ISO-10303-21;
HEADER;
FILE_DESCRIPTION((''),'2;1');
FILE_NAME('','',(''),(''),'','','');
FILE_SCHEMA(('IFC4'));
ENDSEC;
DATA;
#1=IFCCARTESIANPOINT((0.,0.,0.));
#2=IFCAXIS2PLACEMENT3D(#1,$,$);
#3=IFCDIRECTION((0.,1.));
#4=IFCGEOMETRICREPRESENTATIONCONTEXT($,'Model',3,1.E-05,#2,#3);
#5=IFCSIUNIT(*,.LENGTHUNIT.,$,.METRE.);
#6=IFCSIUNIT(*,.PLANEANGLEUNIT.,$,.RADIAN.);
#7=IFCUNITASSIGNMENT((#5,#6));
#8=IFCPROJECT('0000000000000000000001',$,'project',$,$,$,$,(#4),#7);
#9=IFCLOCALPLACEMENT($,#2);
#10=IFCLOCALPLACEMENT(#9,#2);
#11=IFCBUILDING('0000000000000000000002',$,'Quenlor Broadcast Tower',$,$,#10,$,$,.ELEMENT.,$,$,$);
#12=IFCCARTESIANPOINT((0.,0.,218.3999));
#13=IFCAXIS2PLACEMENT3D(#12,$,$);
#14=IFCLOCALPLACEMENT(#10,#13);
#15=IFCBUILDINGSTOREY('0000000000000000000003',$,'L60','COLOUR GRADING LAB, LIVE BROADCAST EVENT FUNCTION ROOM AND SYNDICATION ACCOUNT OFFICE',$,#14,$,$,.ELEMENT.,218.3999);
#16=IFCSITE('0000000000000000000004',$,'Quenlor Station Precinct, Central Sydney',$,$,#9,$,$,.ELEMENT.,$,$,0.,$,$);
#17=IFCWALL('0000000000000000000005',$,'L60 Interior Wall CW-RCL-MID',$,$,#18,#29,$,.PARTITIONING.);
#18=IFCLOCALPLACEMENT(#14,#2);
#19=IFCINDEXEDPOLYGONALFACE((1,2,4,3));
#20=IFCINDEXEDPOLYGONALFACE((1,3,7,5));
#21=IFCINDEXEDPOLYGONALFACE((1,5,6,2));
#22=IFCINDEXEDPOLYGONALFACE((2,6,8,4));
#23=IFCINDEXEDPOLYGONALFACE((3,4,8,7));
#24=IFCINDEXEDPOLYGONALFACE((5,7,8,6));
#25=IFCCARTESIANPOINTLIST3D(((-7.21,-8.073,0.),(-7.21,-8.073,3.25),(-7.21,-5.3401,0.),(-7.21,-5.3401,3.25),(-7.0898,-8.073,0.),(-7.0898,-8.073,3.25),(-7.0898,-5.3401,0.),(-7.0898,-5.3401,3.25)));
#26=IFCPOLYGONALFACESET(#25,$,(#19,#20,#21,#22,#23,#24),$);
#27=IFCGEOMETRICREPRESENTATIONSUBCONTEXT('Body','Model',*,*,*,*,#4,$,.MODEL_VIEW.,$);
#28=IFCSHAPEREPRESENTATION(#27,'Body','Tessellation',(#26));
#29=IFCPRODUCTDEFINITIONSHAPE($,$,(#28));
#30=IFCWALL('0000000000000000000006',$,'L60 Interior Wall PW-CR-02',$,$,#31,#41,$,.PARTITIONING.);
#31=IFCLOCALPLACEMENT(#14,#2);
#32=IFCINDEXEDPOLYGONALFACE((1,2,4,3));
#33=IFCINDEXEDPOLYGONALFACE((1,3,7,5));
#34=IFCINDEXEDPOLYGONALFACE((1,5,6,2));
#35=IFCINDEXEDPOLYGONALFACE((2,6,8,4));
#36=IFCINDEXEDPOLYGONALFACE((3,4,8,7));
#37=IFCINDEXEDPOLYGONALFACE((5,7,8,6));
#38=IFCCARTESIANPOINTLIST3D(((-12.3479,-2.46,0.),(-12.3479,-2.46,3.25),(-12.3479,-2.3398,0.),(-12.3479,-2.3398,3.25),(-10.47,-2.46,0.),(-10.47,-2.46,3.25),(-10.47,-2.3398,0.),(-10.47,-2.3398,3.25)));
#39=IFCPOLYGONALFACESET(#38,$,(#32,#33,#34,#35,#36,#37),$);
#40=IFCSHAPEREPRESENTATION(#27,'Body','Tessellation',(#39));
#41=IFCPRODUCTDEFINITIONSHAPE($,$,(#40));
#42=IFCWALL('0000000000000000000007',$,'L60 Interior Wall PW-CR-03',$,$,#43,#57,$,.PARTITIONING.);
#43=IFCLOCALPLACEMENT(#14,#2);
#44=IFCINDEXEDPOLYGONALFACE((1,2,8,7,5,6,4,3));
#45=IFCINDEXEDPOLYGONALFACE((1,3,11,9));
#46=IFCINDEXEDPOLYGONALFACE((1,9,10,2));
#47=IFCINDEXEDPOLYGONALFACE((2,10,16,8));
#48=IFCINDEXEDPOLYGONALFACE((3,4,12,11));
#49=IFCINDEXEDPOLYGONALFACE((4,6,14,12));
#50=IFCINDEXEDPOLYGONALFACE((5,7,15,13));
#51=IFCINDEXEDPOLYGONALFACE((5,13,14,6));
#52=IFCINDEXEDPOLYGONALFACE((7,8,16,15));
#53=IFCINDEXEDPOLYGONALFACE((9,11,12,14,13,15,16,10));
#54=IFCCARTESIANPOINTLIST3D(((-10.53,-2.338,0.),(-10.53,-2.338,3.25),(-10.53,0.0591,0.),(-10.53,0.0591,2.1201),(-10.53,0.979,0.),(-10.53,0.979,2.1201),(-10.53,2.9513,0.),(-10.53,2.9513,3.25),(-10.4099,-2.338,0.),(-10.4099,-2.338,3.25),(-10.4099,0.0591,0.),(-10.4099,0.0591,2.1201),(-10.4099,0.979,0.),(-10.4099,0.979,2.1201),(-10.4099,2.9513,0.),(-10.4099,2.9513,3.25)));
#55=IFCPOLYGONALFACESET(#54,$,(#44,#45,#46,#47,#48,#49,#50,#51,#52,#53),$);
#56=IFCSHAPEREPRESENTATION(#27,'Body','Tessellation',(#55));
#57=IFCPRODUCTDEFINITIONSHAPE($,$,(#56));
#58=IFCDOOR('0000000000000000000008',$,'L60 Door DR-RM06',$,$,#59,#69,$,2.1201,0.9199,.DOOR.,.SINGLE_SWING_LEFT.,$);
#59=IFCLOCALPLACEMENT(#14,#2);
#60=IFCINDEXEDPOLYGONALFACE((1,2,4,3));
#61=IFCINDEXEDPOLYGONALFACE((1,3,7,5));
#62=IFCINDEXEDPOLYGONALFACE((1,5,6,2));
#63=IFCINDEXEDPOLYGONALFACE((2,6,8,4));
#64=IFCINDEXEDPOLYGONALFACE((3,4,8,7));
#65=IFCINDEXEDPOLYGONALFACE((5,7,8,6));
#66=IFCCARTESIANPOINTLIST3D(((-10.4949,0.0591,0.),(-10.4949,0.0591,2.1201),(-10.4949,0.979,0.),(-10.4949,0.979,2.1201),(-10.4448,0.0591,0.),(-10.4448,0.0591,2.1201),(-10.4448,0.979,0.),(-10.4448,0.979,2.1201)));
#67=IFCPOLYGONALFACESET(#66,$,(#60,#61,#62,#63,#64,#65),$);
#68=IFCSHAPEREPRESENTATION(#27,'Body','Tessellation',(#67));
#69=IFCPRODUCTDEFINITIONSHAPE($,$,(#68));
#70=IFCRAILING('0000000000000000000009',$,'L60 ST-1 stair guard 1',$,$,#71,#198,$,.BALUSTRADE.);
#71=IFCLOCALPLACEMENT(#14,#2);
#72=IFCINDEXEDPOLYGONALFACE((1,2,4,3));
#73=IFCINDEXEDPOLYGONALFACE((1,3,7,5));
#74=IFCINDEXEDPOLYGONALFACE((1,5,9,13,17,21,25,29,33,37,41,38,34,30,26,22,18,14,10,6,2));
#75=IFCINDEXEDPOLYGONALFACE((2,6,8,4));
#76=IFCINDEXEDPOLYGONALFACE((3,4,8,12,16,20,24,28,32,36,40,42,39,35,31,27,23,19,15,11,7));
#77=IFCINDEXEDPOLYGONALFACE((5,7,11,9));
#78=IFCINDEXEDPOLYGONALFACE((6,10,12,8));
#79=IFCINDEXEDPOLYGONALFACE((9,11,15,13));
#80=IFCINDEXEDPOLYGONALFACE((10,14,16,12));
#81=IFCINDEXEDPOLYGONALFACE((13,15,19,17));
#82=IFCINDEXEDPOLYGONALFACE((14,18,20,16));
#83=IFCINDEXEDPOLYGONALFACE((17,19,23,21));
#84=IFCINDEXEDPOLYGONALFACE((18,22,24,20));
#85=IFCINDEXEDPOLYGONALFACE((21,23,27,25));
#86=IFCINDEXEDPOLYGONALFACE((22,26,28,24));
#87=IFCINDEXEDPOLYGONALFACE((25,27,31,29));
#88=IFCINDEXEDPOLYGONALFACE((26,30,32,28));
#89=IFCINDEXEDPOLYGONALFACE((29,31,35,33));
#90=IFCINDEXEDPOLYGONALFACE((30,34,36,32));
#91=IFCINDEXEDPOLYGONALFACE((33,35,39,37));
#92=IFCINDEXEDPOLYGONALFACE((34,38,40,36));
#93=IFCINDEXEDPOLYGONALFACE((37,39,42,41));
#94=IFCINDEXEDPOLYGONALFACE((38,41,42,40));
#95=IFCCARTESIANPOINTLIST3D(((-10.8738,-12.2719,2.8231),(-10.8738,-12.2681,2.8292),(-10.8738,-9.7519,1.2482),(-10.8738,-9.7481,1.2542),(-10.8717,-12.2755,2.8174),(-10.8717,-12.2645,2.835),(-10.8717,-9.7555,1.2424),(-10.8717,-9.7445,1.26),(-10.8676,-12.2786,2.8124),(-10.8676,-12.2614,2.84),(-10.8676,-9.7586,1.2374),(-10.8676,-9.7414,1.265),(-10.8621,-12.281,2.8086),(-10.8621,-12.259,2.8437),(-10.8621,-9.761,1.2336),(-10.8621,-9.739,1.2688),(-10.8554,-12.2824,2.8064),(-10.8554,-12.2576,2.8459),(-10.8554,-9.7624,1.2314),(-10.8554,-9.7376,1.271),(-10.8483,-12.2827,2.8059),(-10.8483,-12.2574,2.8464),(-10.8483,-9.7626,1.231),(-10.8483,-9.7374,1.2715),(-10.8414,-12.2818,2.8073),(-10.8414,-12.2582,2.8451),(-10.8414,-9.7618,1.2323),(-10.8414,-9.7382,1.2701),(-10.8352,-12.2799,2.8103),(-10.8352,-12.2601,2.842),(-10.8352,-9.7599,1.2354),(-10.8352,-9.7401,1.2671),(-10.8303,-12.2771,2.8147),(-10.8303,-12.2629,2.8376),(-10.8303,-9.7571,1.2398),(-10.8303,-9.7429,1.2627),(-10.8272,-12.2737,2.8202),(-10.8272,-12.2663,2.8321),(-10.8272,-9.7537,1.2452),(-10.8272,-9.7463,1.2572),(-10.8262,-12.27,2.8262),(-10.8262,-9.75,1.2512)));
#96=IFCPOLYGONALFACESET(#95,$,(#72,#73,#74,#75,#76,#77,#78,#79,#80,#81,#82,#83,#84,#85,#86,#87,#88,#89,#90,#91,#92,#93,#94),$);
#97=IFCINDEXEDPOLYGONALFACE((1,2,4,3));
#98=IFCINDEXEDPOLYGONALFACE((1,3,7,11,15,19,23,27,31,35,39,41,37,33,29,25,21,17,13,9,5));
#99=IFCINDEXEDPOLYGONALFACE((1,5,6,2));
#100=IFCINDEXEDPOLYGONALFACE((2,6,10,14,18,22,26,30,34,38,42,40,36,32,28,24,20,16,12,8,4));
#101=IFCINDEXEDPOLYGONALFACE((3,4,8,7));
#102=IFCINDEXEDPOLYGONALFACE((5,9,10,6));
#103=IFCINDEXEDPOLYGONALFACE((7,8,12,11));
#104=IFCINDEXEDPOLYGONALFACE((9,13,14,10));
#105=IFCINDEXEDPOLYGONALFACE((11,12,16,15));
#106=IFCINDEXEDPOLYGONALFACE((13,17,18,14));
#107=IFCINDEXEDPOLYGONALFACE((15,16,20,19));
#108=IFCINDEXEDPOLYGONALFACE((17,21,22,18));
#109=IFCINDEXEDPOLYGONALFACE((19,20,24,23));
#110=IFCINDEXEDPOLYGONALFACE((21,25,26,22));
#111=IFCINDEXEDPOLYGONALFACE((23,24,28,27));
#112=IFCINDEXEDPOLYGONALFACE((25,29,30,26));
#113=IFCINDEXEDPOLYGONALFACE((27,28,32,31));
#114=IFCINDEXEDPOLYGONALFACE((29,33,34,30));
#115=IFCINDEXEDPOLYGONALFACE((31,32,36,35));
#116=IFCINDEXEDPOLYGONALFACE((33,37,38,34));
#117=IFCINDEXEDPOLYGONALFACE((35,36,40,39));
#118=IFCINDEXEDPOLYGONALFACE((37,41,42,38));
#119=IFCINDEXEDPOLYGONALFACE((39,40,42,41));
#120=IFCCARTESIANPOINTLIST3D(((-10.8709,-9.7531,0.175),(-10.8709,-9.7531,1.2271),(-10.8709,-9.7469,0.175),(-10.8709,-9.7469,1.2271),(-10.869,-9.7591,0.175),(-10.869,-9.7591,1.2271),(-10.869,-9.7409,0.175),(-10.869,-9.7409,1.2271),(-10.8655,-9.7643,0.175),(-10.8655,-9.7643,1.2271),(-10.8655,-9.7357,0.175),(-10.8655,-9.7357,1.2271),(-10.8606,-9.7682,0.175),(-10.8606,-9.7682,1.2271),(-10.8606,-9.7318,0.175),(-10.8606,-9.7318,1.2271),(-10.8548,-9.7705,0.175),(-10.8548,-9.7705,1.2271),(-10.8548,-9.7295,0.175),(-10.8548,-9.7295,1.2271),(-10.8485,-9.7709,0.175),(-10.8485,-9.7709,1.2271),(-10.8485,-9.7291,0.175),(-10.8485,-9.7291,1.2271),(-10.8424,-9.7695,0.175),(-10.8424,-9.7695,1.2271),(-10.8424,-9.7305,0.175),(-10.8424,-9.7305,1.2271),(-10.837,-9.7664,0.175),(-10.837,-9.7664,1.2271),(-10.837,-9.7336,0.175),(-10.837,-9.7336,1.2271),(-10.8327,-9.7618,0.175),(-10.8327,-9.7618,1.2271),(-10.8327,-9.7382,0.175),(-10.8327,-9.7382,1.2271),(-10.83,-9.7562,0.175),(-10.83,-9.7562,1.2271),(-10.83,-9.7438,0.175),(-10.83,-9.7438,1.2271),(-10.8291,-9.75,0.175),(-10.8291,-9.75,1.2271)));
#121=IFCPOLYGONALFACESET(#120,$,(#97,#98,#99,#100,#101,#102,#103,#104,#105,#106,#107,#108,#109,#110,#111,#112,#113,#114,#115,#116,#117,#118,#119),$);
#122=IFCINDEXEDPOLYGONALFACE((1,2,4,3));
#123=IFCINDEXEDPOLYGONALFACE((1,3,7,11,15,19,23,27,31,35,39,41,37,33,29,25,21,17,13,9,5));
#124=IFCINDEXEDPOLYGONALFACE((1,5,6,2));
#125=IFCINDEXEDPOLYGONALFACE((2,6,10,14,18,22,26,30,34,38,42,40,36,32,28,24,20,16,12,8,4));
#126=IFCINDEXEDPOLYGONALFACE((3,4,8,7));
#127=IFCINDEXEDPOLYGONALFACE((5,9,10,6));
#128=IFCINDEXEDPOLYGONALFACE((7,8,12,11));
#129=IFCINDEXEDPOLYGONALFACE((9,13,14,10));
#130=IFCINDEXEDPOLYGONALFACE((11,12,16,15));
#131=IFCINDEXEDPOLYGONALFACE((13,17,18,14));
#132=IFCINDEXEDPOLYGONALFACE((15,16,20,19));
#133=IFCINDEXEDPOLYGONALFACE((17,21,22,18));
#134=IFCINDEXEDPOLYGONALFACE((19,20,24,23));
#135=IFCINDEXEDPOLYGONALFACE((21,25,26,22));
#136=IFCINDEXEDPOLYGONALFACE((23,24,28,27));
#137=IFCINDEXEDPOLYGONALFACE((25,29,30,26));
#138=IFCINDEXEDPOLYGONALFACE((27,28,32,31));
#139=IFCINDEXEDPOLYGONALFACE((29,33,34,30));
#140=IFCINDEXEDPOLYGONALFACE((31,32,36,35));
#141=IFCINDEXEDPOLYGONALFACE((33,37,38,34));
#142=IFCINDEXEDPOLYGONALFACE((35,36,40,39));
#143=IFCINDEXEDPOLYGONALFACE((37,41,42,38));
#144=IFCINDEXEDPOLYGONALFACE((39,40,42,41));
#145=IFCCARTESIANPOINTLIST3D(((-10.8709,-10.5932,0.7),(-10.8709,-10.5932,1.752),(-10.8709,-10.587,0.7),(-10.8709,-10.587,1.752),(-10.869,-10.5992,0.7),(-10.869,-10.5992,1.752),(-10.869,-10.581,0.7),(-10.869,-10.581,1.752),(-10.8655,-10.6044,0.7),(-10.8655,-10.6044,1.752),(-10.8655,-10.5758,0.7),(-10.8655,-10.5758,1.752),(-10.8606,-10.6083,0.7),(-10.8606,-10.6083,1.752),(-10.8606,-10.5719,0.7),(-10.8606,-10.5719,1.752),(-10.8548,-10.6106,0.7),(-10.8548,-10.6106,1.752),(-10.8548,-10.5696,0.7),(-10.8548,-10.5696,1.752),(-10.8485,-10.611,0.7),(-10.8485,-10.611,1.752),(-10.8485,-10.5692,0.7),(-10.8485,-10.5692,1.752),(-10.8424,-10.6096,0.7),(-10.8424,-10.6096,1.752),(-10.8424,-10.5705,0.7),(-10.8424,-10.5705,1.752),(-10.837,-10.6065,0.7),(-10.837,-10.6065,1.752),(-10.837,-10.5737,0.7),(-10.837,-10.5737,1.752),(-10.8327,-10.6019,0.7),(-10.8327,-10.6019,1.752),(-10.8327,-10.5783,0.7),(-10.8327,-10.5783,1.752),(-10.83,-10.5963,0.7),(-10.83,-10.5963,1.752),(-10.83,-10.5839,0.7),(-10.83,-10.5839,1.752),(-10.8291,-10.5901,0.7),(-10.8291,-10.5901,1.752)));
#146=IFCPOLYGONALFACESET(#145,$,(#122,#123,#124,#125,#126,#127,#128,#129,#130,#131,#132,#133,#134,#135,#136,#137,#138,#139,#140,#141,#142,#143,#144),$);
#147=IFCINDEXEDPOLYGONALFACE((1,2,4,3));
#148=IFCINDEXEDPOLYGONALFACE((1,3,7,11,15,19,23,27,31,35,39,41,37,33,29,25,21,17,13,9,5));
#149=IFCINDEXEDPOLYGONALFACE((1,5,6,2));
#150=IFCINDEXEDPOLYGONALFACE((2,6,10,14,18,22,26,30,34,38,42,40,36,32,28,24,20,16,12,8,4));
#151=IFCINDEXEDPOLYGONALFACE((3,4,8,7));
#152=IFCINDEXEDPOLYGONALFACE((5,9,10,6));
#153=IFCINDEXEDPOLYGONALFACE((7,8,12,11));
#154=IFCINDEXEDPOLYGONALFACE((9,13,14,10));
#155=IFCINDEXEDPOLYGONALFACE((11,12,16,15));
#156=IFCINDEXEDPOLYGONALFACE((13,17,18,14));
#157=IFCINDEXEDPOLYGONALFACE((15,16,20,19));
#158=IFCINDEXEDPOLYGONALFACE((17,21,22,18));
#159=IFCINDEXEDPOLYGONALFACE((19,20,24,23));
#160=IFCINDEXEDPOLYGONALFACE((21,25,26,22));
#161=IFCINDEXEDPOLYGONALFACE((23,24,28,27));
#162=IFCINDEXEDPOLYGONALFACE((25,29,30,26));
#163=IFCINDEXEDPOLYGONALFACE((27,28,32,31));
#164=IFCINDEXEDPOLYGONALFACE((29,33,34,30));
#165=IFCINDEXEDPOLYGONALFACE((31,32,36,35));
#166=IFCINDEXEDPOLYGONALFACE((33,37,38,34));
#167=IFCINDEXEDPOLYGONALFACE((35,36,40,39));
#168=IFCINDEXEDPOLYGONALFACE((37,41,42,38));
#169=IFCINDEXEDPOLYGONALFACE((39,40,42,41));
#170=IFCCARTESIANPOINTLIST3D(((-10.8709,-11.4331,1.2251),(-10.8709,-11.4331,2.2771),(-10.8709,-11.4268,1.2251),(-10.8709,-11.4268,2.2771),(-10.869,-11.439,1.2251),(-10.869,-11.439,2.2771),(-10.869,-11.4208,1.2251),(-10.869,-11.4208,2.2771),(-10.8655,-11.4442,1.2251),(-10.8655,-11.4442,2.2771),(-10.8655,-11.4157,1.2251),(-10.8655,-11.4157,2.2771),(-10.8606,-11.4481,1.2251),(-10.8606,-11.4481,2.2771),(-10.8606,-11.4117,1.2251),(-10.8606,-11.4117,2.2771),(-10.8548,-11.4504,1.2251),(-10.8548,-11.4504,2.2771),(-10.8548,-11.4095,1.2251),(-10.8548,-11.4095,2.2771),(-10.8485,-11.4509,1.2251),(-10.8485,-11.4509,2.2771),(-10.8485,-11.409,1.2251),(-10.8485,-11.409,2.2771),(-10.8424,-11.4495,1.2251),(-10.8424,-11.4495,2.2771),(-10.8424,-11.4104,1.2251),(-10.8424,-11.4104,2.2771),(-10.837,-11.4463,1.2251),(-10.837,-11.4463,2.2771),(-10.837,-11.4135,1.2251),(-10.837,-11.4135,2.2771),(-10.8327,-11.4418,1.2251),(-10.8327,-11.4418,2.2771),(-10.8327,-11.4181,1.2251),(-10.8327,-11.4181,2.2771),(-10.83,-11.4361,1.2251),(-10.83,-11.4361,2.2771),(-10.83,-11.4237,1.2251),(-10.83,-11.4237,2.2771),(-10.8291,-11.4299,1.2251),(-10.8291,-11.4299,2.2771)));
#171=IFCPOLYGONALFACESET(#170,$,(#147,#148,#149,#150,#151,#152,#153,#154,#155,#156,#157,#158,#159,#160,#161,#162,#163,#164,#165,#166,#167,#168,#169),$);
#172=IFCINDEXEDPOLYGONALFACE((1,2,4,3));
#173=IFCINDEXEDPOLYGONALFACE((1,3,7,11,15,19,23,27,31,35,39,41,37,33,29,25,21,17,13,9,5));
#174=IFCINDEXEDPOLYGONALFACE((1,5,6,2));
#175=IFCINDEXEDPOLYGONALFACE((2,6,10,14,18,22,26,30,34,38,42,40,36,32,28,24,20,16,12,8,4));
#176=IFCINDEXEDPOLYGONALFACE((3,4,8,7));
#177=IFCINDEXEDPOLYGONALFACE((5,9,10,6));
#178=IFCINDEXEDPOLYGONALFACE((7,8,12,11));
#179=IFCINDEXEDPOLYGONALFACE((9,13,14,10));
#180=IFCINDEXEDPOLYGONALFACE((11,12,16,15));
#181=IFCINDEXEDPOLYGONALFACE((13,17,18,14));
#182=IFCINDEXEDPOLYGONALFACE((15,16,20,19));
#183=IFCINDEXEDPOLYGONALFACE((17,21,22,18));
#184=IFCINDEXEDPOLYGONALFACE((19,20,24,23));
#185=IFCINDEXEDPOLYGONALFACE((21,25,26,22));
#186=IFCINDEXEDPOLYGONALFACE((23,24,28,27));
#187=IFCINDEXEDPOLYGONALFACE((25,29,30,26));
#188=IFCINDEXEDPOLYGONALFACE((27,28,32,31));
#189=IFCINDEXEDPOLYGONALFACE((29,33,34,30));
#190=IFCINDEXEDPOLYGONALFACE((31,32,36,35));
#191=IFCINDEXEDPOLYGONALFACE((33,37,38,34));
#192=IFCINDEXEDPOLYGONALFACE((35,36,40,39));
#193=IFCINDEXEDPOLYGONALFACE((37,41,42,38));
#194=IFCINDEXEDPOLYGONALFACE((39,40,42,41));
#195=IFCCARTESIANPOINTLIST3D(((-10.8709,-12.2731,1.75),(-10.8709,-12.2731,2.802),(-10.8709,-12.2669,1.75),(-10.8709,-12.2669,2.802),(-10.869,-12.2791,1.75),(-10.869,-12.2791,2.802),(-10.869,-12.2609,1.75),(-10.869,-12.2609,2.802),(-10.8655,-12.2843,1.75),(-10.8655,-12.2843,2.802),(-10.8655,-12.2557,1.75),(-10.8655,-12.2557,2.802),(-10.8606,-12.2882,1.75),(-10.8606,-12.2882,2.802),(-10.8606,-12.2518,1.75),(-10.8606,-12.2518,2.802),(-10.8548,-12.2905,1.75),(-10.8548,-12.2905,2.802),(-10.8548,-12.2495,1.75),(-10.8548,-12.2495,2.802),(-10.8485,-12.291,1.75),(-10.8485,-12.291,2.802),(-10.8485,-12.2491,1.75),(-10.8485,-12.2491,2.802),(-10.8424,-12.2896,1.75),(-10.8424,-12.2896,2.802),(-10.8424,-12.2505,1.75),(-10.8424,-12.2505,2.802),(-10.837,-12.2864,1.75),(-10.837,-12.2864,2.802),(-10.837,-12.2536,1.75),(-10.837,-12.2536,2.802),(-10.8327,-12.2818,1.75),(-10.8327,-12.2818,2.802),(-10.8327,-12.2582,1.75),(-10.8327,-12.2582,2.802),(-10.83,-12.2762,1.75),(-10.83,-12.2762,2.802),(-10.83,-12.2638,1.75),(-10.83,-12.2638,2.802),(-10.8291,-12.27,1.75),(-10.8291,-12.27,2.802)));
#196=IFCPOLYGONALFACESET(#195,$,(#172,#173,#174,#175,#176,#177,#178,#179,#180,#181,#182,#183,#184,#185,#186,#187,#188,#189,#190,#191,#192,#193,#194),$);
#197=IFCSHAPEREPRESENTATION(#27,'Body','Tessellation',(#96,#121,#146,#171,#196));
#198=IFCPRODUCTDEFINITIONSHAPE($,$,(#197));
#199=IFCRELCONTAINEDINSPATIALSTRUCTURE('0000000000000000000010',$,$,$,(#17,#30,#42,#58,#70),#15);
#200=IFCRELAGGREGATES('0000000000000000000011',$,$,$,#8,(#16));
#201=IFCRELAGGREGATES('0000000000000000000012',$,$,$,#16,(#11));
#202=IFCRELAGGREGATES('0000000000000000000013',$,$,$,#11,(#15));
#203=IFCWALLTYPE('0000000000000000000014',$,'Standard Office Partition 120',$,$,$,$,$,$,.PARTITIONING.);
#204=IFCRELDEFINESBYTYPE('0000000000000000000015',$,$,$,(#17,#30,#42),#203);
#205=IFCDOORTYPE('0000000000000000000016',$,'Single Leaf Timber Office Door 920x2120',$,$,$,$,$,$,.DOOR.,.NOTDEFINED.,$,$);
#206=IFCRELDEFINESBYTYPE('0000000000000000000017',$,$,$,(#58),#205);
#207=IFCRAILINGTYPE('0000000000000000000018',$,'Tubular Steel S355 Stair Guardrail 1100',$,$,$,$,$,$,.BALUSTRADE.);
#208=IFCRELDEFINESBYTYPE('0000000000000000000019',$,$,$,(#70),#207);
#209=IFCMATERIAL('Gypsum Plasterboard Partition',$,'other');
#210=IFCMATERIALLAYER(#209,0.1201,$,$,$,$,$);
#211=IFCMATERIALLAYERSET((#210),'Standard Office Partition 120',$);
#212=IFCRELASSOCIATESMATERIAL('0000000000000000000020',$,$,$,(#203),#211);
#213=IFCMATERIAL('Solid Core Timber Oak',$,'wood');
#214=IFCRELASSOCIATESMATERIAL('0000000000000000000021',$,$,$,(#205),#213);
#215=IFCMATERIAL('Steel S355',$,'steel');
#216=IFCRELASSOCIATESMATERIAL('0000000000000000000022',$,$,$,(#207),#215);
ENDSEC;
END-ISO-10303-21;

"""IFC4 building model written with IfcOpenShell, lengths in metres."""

from ifc_helpers import new_model, si_unit, direction, frame, frame_2d, origin, origin_2d, place, context, subcontext, project, spatial, rectangle, circle, extrude, material, layer, layer_set, type_object, element, fill, save


model = new_model("IFC4")

# Units and contexts
model_context = context("Model", 3, precision=1e-05, world=origin(), true_north=direction((0.0, 1.0)))
body_context = subcontext(model_context, "Body", "Model", "MODEL_VIEW")
ifc_project = project(units=[si_unit("LENGTHUNIT", "METRE"), si_unit("PLANEANGLEUNIT", "RADIAN")], contexts=[model_context])

# Site, building, storey
site_placement = place(None, origin())
site = spatial("IfcSite", under=ifc_project, at=site_placement, Name="Quenlor Station Precinct, Central Sydney", CompositionType="ELEMENT", RefElevation=0.0)
building_placement = place(site_placement, origin())
building = spatial("IfcBuilding", under=site, at=building_placement, Name="Quenlor Broadcast Tower", CompositionType="ELEMENT")
storey_placement = place(building_placement, frame((0.0, 0.0, 218.3999)))
storey = spatial("IfcBuildingStorey", under=building, at=storey_placement, Name="L60", Description="COLOUR GRADING LAB, LIVE BROADCAST EVENT FUNCTION ROOM AND SYNDICATION ACCOUNT OFFICE", CompositionType="ELEMENT", Elevation=218.3999)

# Walls
ifc_material_1 = material(Name="Gypsum Plasterboard Partition", Category="other")
ifc_layer_1 = layer(ifc_material_1, 0.1201)
ifc_layer_set_1 = layer_set([ifc_layer_1], Name="Standard Office Partition 120")
wall_type_1 = type_object("IfcWallType", Name="Standard Office Partition 120", PredefinedType="PARTITIONING", material=ifc_layer_set_1)
wall_1_placement = place(storey_placement, frame((-7.1499, -8.073, 0.0), z_axis=(0.0, 0.0, 1.0), x_axis=(0.0, 1.0, 0.0)))
element("IfcWall", 1, at=wall_1_placement, inside=storey, type_object=wall_type_1, Name="L60 Interior Wall CW-RCL-MID", PredefinedType="PARTITIONING", context=body_context, shape_type="SweptSolid", body=[
    extrude(rectangle(XDim=2.7329, YDim=0.1201, at=frame_2d((1.3665, 0.0))), origin(), (0.0, 0.0, 1.0), 3.25),
])
wall_2_placement = place(storey_placement, frame((-12.3479, -2.3999, 0.0), z_axis=(0.0, 0.0, 1.0), x_axis=(1.0, 0.0, 0.0)))
element("IfcWall", 2, at=wall_2_placement, inside=storey, type_object=wall_type_1, Name="L60 Interior Wall PW-CR-02", PredefinedType="PARTITIONING", context=body_context, shape_type="SweptSolid", body=[
    extrude(rectangle(XDim=1.8779, YDim=0.1201, at=frame_2d((0.939, 0.0))), origin(), (0.0, 0.0, 1.0), 3.25),
])

# Wall, opening, door
wall_3_placement = place(storey_placement, frame((-10.47, -2.3379, 0.0), z_axis=(0.0, 0.0, 1.0), x_axis=(0.0, 1.0, 0.0)))
wall_3 = element("IfcWall", 3, at=wall_3_placement, inside=storey, type_object=wall_type_1, Name="L60 Interior Wall PW-CR-03", PredefinedType="PARTITIONING", context=body_context, shape_type="SweptSolid", body=[
    extrude(rectangle(XDim=5.2893, YDim=0.1201, at=frame_2d((2.6445, 0.0))), origin(), (0.0, 0.0, 1.0), 3.25),
])
opening_1_placement = place(wall_3_placement, frame((2.397, 0.0, 0.0)))
opening_1 = element("IfcOpeningElement", 4, at=opening_1_placement, cuts=wall_3, PredefinedType="OPENING", context=body_context, shape_type="SweptSolid", body=[
    extrude(rectangle(XDim=0.9199, YDim=2.1201, at=frame_2d((0.46, 1.0601))), frame((0.0, 0.0701, 0.0), z_axis=(0.0, -1.0, 0.0), x_axis=(1.0, 0.0, 0.0)), (0.0, 0.0, 1.0), 0.1401),
])
ifc_material_2 = material(Name="Solid Core Timber Oak", Category="wood")
door_type_1 = type_object("IfcDoorType", Name="Single Leaf Timber Office Door 920x2120", OperationType="NOTDEFINED", PredefinedType="DOOR", material=ifc_material_2)
door_1_placement = place(opening_1_placement, origin())
door_1 = element("IfcDoor", 5, at=door_1_placement, inside=storey, type_object=door_type_1, Name="L60 Door DR-RM06", OperationType="SINGLE_SWING_LEFT", OverallHeight=2.1201, OverallWidth=0.9199, PredefinedType="DOOR", context=body_context, shape_type="SweptSolid", body=[
    extrude(rectangle(XDim=0.9199, YDim=2.1201, at=frame_2d((0.46, 1.0601))), frame((0.0, 0.0249, 0.0), z_axis=(0.0, -1.0, 0.0), x_axis=(1.0, 0.0, 0.0)), (0.0, 0.0, 1.0), 0.05),
])
fill(opening_1, door_1)

# Railing
ifc_material_3 = material(Name="Steel S355", Category="steel")
railing_type = type_object("IfcRailingType", Name="Tubular Steel S355 Stair Guardrail 1100", PredefinedType="BALUSTRADE", material=ifc_material_3)
railing_1_placement = place(storey_placement, frame((-10.8501, -9.75, 0.175)))
element("IfcRailing", 6, at=railing_1_placement, inside=storey, type_object=railing_type, Name="L60 ST-1 stair guard 1", PredefinedType="BALUSTRADE", context=body_context, shape_type="SweptSolid", body=[
    extrude(circle(Radius=0.0239, at=origin_2d()), frame((0.0, 0.0, 1.0762), z_axis=(0.0, -0.848008, 0.529984), x_axis=(1.0, 0.0, 0.0)), (0.0, 0.0, 1.0), 2.9717),
    extrude(circle(Radius=0.021, at=origin_2d()), origin(), (0.0, 0.0, 1.0), 1.052),
    extrude(circle(Radius=0.021, at=origin_2d()), frame((0.0, -0.8401, 0.5249)), (0.0, 0.0, 1.0), 1.052),
    extrude(circle(Radius=0.021, at=origin_2d()), frame((0.0, -1.6799, 1.05)), (0.0, 0.0, 1.0), 1.052),
    extrude(circle(Radius=0.021, at=origin_2d()), frame((0.0, -2.52, 1.575)), (0.0, 0.0, 1.0), 1.052),
])

save(model, "model.ifc")
